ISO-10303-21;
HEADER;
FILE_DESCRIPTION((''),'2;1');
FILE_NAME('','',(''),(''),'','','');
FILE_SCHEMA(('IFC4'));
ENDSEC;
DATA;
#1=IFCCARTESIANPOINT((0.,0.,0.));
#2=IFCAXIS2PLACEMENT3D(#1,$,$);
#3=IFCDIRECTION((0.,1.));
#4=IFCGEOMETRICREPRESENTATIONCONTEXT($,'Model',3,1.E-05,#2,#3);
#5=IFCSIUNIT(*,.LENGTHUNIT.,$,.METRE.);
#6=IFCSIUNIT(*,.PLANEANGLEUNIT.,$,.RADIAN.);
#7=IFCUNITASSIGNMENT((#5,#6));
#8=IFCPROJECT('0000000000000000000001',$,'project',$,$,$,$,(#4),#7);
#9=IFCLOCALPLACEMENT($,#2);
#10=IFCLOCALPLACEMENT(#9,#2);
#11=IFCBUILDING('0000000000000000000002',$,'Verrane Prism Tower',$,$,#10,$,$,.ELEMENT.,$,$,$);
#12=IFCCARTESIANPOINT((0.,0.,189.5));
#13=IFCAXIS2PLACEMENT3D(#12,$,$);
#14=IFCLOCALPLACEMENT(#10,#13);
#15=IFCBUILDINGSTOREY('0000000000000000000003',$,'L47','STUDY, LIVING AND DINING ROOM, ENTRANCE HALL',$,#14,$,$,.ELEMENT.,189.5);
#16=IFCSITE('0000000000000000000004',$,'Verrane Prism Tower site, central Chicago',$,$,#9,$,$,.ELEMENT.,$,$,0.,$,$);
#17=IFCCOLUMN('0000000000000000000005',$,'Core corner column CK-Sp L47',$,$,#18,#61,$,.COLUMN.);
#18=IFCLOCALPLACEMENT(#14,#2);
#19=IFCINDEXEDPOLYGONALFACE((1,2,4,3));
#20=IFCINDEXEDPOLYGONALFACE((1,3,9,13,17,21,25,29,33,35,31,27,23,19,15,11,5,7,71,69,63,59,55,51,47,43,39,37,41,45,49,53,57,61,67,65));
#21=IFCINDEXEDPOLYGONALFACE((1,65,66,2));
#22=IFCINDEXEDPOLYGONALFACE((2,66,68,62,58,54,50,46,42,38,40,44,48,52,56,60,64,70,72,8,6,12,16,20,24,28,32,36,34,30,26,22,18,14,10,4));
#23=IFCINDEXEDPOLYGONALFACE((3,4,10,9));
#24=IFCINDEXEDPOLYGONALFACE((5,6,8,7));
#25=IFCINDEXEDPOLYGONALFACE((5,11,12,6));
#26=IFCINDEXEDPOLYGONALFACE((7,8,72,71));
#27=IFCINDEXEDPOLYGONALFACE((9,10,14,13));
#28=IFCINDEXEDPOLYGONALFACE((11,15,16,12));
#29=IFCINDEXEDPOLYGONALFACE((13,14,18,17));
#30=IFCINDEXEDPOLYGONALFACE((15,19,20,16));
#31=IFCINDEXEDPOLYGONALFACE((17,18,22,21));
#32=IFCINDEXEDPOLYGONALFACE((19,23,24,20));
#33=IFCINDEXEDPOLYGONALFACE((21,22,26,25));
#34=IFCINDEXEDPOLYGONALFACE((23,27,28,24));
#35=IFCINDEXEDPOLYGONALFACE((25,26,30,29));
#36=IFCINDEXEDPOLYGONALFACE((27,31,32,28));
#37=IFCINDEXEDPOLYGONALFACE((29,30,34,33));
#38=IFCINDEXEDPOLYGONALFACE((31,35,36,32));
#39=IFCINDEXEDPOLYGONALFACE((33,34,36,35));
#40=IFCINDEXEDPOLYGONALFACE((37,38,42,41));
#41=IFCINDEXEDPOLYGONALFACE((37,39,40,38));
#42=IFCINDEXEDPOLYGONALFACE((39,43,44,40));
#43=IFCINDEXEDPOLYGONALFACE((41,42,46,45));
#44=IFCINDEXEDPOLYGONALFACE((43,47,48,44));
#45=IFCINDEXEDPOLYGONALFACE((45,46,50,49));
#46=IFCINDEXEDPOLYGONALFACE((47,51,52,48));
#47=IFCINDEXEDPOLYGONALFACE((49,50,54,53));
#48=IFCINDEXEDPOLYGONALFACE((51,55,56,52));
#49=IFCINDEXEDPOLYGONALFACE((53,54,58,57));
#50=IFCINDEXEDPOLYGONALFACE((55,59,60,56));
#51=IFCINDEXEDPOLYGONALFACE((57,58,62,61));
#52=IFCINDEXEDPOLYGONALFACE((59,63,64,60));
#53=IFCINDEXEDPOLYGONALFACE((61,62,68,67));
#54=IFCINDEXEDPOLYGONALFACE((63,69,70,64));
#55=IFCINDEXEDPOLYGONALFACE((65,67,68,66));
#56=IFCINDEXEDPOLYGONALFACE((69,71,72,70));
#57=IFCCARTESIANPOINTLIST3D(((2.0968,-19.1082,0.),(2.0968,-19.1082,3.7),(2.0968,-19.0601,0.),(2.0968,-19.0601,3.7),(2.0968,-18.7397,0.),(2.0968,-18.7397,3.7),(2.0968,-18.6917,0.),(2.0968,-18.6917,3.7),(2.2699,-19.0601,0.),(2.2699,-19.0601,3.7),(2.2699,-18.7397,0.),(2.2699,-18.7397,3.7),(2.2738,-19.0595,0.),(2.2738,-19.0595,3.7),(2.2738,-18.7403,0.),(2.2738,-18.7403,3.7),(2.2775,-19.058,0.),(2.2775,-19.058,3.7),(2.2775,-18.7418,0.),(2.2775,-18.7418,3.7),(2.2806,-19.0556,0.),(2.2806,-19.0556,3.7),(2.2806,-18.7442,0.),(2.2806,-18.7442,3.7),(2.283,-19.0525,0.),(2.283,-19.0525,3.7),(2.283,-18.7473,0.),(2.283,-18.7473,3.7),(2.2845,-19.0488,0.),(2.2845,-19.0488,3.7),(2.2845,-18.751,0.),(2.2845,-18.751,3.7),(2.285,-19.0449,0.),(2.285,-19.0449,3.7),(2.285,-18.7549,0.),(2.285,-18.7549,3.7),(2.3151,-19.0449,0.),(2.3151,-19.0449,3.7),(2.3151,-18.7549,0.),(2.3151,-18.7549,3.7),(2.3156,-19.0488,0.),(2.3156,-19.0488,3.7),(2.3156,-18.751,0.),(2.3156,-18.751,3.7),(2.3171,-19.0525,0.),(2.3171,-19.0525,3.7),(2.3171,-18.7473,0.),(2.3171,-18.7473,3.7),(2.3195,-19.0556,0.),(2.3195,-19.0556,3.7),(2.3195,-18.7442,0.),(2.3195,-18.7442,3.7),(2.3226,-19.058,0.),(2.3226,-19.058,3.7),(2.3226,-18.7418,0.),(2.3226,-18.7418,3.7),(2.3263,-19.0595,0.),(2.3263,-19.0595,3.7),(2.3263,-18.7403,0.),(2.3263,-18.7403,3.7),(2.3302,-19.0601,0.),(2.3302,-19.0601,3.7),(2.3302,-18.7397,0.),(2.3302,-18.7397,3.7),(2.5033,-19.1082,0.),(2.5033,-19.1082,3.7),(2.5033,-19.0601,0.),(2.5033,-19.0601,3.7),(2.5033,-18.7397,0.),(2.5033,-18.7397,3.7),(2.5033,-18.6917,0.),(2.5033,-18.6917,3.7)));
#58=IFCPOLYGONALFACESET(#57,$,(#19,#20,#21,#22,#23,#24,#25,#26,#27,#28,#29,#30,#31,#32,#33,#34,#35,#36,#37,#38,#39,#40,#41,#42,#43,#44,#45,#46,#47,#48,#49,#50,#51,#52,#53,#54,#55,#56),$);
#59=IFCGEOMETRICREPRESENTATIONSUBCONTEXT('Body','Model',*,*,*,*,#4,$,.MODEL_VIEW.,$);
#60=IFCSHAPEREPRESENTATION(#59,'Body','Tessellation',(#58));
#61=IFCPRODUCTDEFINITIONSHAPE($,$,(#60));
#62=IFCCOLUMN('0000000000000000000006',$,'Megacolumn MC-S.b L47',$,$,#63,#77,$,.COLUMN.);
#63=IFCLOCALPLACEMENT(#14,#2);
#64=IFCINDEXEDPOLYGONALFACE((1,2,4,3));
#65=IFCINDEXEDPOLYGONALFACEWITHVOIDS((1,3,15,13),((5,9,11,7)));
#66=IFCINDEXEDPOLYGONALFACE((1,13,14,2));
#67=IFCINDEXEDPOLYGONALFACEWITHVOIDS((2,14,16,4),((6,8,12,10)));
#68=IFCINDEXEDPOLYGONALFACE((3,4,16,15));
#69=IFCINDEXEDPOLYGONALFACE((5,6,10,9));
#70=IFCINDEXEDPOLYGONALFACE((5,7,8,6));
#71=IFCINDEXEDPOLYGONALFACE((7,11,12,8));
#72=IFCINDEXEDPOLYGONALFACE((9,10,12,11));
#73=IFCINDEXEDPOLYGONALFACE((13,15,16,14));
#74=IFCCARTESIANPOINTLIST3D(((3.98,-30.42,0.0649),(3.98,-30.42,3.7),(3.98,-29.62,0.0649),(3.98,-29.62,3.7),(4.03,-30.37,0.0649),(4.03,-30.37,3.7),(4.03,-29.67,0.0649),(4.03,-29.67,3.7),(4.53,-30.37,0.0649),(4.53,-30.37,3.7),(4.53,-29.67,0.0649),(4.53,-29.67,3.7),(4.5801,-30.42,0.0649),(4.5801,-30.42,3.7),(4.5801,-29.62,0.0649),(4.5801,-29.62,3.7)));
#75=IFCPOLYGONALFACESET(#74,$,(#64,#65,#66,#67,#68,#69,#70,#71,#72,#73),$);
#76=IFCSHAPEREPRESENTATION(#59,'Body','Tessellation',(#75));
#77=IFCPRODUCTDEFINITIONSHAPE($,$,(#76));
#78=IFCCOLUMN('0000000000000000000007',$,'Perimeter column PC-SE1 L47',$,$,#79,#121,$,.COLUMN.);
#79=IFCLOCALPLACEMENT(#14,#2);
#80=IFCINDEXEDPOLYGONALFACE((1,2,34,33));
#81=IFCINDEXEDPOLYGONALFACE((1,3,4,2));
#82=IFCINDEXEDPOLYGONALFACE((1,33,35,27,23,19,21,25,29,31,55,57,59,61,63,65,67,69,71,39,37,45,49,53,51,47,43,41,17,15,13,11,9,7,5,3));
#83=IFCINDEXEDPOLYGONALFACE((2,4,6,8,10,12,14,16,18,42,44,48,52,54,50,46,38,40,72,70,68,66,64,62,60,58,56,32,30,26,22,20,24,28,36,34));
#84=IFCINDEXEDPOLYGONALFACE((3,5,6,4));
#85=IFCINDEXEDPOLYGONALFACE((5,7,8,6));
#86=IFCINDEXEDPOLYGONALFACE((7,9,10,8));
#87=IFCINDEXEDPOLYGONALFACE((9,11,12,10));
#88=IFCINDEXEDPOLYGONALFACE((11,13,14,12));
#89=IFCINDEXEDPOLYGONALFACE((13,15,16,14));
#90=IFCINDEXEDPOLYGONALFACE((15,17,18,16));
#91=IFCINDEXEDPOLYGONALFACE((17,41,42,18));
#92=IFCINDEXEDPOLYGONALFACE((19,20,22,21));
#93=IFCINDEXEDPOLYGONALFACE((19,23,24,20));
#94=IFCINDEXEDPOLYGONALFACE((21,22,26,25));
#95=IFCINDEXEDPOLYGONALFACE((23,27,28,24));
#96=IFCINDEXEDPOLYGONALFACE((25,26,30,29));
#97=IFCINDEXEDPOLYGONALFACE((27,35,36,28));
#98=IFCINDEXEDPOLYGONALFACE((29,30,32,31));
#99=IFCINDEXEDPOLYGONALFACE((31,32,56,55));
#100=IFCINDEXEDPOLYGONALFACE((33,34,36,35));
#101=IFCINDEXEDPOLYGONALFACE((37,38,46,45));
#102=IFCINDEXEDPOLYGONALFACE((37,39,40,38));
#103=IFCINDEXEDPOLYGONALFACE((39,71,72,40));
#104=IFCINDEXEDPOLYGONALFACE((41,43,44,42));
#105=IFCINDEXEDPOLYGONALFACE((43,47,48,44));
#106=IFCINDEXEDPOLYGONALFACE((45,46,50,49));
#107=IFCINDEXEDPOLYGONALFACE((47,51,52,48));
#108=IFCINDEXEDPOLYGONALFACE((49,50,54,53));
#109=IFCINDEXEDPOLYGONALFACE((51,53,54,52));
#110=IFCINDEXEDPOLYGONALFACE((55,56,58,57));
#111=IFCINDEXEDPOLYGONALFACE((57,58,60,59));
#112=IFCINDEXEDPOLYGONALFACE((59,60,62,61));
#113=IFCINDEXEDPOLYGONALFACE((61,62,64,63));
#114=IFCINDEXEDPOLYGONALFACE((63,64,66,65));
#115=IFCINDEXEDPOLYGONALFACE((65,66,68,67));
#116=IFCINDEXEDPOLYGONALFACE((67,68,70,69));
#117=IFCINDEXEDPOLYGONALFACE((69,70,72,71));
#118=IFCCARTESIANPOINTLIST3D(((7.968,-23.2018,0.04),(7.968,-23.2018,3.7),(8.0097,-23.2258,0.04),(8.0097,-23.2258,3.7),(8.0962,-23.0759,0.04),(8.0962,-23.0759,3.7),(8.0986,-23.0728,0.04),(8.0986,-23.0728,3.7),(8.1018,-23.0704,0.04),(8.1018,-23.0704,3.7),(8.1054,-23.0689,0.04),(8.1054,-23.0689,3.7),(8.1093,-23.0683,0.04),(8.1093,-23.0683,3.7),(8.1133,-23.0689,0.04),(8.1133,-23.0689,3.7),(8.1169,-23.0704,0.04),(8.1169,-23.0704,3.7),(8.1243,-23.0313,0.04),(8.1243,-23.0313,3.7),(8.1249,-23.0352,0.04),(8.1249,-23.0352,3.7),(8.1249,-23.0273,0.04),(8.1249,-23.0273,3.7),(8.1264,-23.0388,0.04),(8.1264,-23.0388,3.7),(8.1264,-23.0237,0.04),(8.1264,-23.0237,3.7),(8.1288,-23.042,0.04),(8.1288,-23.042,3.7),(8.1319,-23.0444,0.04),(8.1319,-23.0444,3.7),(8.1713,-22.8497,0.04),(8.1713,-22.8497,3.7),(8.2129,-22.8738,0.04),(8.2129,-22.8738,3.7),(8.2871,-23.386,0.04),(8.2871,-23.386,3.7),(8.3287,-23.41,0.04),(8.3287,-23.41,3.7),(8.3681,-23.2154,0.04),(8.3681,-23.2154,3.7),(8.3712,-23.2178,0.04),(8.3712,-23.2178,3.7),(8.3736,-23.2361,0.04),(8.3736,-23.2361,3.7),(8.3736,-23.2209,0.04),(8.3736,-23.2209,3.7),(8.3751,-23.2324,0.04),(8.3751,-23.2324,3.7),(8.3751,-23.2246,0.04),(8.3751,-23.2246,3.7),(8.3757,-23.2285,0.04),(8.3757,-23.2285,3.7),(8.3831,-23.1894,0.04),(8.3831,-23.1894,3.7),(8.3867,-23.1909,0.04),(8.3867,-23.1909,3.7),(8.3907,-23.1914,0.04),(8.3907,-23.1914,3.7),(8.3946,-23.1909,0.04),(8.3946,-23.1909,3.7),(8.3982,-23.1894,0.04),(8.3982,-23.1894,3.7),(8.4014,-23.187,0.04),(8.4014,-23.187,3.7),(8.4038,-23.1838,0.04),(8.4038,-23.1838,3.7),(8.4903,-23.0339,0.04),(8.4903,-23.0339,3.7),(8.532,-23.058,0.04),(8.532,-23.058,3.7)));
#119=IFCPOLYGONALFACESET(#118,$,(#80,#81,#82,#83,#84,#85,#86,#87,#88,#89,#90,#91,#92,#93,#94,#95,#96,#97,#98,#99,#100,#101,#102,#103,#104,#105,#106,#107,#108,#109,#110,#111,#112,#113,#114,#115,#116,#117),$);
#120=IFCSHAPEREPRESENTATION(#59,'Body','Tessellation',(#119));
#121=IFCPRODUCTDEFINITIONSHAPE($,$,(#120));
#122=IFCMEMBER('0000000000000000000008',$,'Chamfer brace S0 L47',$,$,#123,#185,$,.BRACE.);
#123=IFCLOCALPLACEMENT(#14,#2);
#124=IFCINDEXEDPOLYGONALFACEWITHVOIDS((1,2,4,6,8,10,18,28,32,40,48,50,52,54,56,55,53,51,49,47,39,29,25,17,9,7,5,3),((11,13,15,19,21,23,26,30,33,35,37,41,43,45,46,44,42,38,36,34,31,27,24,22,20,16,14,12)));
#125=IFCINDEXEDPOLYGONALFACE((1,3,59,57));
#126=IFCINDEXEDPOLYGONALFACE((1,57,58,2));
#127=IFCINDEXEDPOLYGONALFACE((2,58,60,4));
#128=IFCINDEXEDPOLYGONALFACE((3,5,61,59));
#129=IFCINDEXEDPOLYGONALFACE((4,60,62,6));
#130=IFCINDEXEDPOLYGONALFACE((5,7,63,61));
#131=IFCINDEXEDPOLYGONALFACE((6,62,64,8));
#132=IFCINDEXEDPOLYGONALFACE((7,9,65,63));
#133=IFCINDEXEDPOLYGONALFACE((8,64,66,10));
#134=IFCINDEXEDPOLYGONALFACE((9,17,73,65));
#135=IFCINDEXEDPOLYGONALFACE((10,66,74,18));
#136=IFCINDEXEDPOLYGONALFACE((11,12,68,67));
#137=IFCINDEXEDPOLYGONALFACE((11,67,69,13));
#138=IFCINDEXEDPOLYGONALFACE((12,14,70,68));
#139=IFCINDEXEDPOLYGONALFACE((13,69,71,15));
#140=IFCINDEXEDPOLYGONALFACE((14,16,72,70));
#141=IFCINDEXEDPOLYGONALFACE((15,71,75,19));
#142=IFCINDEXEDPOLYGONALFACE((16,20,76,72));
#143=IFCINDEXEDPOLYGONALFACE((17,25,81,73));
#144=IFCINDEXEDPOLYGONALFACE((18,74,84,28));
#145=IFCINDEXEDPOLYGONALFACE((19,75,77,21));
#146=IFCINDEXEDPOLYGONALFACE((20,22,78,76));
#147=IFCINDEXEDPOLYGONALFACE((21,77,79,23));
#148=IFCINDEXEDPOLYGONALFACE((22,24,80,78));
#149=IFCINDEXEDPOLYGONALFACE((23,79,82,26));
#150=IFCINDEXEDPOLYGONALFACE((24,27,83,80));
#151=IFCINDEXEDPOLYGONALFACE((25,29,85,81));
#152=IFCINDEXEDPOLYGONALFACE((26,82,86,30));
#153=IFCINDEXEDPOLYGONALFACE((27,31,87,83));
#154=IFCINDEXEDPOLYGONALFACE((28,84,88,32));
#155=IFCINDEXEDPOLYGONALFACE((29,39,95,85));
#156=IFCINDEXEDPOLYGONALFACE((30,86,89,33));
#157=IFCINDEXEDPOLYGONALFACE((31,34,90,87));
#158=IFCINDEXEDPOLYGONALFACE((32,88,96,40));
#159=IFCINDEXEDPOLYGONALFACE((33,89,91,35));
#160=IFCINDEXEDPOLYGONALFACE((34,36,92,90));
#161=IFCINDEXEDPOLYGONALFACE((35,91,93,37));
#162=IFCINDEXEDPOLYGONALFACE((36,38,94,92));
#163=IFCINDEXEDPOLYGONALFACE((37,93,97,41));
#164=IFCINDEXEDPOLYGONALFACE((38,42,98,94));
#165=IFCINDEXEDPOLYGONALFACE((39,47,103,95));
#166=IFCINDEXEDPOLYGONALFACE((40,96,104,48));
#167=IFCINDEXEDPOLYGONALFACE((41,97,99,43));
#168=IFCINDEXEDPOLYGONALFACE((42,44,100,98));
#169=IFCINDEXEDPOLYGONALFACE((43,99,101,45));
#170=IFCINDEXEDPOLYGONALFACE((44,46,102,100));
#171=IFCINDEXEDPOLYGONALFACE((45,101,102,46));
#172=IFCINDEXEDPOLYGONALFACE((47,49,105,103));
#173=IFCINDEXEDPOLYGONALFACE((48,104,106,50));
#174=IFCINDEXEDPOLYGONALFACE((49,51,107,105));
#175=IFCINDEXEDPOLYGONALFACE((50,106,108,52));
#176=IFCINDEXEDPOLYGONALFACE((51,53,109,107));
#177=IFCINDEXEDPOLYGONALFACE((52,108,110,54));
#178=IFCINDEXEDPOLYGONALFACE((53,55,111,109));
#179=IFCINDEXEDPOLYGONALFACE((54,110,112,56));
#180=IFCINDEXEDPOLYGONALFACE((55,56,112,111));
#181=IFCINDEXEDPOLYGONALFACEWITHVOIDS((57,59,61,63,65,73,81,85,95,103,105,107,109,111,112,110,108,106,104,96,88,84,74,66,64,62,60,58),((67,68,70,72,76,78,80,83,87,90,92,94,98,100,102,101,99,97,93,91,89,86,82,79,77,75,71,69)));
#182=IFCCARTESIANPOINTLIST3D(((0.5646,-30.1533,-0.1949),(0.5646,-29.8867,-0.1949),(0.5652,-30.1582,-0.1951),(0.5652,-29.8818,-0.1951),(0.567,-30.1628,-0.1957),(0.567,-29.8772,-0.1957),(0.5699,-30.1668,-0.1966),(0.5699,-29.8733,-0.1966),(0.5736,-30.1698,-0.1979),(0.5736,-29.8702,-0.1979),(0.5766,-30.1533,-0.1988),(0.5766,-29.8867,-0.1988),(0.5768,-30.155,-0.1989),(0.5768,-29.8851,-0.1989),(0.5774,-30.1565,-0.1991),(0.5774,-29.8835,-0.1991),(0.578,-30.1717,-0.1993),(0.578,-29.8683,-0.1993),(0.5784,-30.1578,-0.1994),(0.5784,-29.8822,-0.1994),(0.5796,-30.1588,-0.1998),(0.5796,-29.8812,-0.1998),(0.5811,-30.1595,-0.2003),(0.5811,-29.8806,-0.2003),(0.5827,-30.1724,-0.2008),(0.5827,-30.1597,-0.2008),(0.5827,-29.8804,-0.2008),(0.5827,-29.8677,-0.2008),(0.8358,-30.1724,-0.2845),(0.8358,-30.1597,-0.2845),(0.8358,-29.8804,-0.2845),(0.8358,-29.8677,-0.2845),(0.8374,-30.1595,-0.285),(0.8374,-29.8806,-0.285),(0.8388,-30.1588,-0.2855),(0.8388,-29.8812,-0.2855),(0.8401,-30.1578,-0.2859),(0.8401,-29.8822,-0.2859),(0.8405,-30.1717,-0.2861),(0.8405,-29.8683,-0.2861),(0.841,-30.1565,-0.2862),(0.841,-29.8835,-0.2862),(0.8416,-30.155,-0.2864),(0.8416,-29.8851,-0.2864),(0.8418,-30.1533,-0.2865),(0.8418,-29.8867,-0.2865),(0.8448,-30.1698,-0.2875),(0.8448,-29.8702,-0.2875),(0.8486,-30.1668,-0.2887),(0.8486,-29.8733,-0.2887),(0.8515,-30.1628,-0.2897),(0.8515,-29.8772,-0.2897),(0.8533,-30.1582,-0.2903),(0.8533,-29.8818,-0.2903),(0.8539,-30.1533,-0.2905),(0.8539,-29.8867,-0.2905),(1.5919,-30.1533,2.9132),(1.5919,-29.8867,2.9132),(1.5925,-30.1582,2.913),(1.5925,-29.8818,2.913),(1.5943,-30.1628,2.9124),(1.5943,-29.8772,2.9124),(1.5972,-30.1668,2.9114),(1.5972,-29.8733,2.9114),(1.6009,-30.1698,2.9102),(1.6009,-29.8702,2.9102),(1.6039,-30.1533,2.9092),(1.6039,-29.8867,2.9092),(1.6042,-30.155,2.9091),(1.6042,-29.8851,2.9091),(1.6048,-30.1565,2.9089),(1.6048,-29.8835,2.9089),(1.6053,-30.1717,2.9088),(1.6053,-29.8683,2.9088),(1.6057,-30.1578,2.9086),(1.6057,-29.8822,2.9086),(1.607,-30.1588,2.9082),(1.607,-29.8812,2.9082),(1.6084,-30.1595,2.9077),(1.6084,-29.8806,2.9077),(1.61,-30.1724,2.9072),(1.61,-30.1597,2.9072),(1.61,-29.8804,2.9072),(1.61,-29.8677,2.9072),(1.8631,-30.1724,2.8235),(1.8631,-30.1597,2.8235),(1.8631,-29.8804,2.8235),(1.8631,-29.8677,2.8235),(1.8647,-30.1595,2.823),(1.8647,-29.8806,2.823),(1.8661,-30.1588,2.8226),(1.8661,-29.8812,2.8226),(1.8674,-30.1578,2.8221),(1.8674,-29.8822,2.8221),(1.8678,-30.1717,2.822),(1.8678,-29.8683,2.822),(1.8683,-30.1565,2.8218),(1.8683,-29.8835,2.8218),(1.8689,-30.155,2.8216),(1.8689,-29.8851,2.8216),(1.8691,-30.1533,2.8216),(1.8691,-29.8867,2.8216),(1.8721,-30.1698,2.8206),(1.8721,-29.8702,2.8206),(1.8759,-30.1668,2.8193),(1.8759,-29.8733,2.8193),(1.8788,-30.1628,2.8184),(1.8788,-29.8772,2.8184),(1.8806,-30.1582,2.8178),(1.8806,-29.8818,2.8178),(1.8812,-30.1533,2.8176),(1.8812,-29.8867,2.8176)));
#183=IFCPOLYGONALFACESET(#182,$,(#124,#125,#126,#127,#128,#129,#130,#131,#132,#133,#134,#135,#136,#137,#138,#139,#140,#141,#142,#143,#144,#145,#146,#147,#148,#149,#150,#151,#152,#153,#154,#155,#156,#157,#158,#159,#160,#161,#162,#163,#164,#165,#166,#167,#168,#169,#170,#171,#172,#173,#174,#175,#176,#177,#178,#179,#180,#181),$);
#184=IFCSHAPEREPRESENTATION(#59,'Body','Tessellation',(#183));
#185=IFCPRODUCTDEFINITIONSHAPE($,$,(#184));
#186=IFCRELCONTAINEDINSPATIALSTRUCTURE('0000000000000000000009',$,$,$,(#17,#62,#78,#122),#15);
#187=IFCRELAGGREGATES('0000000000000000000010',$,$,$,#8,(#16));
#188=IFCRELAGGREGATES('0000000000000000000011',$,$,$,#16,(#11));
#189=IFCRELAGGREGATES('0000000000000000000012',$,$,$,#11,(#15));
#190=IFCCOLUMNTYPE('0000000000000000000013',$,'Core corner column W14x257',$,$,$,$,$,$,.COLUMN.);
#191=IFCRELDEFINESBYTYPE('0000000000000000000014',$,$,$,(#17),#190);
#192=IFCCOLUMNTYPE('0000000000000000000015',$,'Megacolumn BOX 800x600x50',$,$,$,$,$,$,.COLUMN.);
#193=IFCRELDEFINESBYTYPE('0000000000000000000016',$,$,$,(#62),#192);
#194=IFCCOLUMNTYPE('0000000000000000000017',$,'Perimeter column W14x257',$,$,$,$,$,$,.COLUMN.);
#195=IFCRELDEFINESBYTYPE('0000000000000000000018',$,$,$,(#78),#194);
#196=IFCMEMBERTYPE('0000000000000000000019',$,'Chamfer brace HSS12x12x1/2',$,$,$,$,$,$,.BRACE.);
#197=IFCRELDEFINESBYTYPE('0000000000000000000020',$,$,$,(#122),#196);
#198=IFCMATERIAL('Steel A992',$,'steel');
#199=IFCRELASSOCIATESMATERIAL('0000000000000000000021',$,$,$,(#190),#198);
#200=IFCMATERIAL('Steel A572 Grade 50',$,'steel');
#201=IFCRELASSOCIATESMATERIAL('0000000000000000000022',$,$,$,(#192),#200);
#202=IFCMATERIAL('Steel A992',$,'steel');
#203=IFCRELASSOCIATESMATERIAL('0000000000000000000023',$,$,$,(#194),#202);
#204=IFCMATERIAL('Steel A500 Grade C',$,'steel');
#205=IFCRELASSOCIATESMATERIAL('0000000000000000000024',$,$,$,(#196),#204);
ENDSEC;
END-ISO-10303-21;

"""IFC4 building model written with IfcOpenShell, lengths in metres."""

from ifc_helpers import new_model, si_unit, direction, frame, origin, origin_2d, place, context, subcontext, project, spatial, hollow_rectangle, i_section, extrude, material, material_profile, profile_set, type_object, element, save


model = new_model("IFC4")

# Units and contexts
model_context = context("Model", 3, precision=1e-05, world=origin(), true_north=direction((0.0, 1.0)))
body_context = subcontext(model_context, "Body", "Model", "MODEL_VIEW")
ifc_project = project(units=[si_unit("LENGTHUNIT", "METRE"), si_unit("PLANEANGLEUNIT", "RADIAN")], contexts=[model_context])

# Site, building, storey
site_placement = place(None, origin())
site = spatial("IfcSite", under=ifc_project, at=site_placement, Name="Verrane Prism Tower site, central Chicago", CompositionType="ELEMENT", RefElevation=0.0)
building_placement = place(site_placement, origin())
building = spatial("IfcBuilding", under=site, at=building_placement, Name="Verrane Prism Tower", CompositionType="ELEMENT")
storey_placement = place(building_placement, frame((0.0, 0.0, 189.5)))
storey = spatial("IfcBuildingStorey", under=building, at=storey_placement, Name="L47", Description="STUDY, LIVING AND DINING ROOM, ENTRANCE HALL", CompositionType="ELEMENT", Elevation=189.5)

# Columns
ifc_material_1 = material(Name="Steel A992", Category="steel")
ifc_material_profile_1 = material_profile(ifc_material_1, i_section(OverallWidth=0.4065, OverallDepth=0.4165, WebThickness=0.03, FlangeThickness=0.0481, FilletRadius=0.0151, at=origin_2d()), Name="W14x257")
ifc_profile_set_1 = profile_set([ifc_material_profile_1], Name="Steel A992")
column_type_1 = type_object("IfcColumnType", Name="Core corner column W14x257", PredefinedType="COLUMN", material=ifc_profile_set_1)
column_1_placement = place(storey_placement, frame((2.3, -18.8999, 0.0), z_axis=(0.0, 0.0, 1.0), x_axis=(-1.0, 0.0, 0.0)))
element("IfcColumn", 1, at=column_1_placement, inside=storey, type_object=column_type_1, Name="Core corner column CK-Sp L47", PredefinedType="COLUMN", context=body_context, shape_type="SweptSolid", body=[
    extrude(i_section(OverallWidth=0.4065, OverallDepth=0.4165, WebThickness=0.03, FlangeThickness=0.0481, FilletRadius=0.0151, at=origin_2d()), origin(), (0.0, 0.0, 1.0), 3.7),
])
ifc_material_2 = material(Name="Steel A572 Grade 50", Category="steel")
ifc_material_profile_2 = material_profile(ifc_material_2, hollow_rectangle(XDim=0.6001, YDim=0.8, WallThickness=0.05, at=origin_2d()), Name="BOX 800x600x50")
ifc_profile_set_2 = profile_set([ifc_material_profile_2], Name="Steel A572 Grade 50")
column_type_2 = type_object("IfcColumnType", Name="Megacolumn BOX 800x600x50", PredefinedType="COLUMN", material=ifc_profile_set_2)
column_2_placement = place(storey_placement, frame((4.28, -30.02, 0.0649), z_axis=(0.0, 0.0, 1.0), x_axis=(-1.0, 0.0, 0.0)))
element("IfcColumn", 2, at=column_2_placement, inside=storey, type_object=column_type_2, Name="Megacolumn MC-S.b L47", PredefinedType="COLUMN", context=body_context, shape_type="SweptSolid", body=[
    extrude(hollow_rectangle(XDim=0.6001, YDim=0.8, WallThickness=0.05, at=origin_2d()), origin(), (0.0, 0.0, 1.0), 3.635),
])
ifc_material_3 = material(Name="Steel A992", Category="steel")
ifc_material_profile_3 = material_profile(ifc_material_3, i_section(OverallWidth=0.4065, OverallDepth=0.4165, WebThickness=0.03, FlangeThickness=0.0481, FilletRadius=0.0151, at=origin_2d()), Name="W14x257")
ifc_profile_set_3 = profile_set([ifc_material_profile_3], Name="Steel A992")
column_type_3 = type_object("IfcColumnType", Name="Perimeter column W14x257", PredefinedType="COLUMN", material=ifc_profile_set_3)
column_3_placement = place(storey_placement, frame((8.25, -23.1299, 0.04), z_axis=(0.0, 0.0, 1.0), x_axis=(-0.5, -0.866025, 0.0)))
element("IfcColumn", 3, at=column_3_placement, inside=storey, type_object=column_type_3, Name="Perimeter column PC-SE1 L47", PredefinedType="COLUMN", context=body_context, shape_type="SweptSolid", body=[
    extrude(i_section(OverallWidth=0.4065, OverallDepth=0.4165, WebThickness=0.03, FlangeThickness=0.0481, FilletRadius=0.0151, at=origin_2d()), origin(), (0.0, 0.0, 1.0), 3.6599),
])

# Member
ifc_material_4 = material(Name="Steel A500 Grade C", Category="steel")
ifc_material_profile_4 = material_profile(ifc_material_4, hollow_rectangle(XDim=0.3047, YDim=0.3047, WallThickness=0.0127, InnerFilletRadius=0.0063, OuterFilletRadius=0.019, at=origin_2d()), Name="HSS12x12x1/2")
ifc_profile_set_4 = profile_set([ifc_material_profile_4], Name="Steel A500 Grade C")
member_type_1 = type_object("IfcMemberType", Name="Chamfer brace HSS12x12x1/2", PredefinedType="BRACE", material=ifc_profile_set_4)
member_1_placement = place(storey_placement, frame((0.7092, -30.02, -0.2427), z_axis=(0.313833, 0.0, 0.949478), x_axis=(0.0, 1.0, 0.0)))
element("IfcMember", 4, at=member_1_placement, inside=storey, type_object=member_type_1, Name="Chamfer brace S0 L47", PredefinedType="BRACE", context=body_context, shape_type="SweptSolid", body=[
    extrude(hollow_rectangle(XDim=0.3047, YDim=0.3047, WallThickness=0.0127, InnerFilletRadius=0.0063, OuterFilletRadius=0.019, at=origin_2d()), origin(), (0.0, 0.0, 1.0), 3.2734),
])

save(model, "model.ifc")
